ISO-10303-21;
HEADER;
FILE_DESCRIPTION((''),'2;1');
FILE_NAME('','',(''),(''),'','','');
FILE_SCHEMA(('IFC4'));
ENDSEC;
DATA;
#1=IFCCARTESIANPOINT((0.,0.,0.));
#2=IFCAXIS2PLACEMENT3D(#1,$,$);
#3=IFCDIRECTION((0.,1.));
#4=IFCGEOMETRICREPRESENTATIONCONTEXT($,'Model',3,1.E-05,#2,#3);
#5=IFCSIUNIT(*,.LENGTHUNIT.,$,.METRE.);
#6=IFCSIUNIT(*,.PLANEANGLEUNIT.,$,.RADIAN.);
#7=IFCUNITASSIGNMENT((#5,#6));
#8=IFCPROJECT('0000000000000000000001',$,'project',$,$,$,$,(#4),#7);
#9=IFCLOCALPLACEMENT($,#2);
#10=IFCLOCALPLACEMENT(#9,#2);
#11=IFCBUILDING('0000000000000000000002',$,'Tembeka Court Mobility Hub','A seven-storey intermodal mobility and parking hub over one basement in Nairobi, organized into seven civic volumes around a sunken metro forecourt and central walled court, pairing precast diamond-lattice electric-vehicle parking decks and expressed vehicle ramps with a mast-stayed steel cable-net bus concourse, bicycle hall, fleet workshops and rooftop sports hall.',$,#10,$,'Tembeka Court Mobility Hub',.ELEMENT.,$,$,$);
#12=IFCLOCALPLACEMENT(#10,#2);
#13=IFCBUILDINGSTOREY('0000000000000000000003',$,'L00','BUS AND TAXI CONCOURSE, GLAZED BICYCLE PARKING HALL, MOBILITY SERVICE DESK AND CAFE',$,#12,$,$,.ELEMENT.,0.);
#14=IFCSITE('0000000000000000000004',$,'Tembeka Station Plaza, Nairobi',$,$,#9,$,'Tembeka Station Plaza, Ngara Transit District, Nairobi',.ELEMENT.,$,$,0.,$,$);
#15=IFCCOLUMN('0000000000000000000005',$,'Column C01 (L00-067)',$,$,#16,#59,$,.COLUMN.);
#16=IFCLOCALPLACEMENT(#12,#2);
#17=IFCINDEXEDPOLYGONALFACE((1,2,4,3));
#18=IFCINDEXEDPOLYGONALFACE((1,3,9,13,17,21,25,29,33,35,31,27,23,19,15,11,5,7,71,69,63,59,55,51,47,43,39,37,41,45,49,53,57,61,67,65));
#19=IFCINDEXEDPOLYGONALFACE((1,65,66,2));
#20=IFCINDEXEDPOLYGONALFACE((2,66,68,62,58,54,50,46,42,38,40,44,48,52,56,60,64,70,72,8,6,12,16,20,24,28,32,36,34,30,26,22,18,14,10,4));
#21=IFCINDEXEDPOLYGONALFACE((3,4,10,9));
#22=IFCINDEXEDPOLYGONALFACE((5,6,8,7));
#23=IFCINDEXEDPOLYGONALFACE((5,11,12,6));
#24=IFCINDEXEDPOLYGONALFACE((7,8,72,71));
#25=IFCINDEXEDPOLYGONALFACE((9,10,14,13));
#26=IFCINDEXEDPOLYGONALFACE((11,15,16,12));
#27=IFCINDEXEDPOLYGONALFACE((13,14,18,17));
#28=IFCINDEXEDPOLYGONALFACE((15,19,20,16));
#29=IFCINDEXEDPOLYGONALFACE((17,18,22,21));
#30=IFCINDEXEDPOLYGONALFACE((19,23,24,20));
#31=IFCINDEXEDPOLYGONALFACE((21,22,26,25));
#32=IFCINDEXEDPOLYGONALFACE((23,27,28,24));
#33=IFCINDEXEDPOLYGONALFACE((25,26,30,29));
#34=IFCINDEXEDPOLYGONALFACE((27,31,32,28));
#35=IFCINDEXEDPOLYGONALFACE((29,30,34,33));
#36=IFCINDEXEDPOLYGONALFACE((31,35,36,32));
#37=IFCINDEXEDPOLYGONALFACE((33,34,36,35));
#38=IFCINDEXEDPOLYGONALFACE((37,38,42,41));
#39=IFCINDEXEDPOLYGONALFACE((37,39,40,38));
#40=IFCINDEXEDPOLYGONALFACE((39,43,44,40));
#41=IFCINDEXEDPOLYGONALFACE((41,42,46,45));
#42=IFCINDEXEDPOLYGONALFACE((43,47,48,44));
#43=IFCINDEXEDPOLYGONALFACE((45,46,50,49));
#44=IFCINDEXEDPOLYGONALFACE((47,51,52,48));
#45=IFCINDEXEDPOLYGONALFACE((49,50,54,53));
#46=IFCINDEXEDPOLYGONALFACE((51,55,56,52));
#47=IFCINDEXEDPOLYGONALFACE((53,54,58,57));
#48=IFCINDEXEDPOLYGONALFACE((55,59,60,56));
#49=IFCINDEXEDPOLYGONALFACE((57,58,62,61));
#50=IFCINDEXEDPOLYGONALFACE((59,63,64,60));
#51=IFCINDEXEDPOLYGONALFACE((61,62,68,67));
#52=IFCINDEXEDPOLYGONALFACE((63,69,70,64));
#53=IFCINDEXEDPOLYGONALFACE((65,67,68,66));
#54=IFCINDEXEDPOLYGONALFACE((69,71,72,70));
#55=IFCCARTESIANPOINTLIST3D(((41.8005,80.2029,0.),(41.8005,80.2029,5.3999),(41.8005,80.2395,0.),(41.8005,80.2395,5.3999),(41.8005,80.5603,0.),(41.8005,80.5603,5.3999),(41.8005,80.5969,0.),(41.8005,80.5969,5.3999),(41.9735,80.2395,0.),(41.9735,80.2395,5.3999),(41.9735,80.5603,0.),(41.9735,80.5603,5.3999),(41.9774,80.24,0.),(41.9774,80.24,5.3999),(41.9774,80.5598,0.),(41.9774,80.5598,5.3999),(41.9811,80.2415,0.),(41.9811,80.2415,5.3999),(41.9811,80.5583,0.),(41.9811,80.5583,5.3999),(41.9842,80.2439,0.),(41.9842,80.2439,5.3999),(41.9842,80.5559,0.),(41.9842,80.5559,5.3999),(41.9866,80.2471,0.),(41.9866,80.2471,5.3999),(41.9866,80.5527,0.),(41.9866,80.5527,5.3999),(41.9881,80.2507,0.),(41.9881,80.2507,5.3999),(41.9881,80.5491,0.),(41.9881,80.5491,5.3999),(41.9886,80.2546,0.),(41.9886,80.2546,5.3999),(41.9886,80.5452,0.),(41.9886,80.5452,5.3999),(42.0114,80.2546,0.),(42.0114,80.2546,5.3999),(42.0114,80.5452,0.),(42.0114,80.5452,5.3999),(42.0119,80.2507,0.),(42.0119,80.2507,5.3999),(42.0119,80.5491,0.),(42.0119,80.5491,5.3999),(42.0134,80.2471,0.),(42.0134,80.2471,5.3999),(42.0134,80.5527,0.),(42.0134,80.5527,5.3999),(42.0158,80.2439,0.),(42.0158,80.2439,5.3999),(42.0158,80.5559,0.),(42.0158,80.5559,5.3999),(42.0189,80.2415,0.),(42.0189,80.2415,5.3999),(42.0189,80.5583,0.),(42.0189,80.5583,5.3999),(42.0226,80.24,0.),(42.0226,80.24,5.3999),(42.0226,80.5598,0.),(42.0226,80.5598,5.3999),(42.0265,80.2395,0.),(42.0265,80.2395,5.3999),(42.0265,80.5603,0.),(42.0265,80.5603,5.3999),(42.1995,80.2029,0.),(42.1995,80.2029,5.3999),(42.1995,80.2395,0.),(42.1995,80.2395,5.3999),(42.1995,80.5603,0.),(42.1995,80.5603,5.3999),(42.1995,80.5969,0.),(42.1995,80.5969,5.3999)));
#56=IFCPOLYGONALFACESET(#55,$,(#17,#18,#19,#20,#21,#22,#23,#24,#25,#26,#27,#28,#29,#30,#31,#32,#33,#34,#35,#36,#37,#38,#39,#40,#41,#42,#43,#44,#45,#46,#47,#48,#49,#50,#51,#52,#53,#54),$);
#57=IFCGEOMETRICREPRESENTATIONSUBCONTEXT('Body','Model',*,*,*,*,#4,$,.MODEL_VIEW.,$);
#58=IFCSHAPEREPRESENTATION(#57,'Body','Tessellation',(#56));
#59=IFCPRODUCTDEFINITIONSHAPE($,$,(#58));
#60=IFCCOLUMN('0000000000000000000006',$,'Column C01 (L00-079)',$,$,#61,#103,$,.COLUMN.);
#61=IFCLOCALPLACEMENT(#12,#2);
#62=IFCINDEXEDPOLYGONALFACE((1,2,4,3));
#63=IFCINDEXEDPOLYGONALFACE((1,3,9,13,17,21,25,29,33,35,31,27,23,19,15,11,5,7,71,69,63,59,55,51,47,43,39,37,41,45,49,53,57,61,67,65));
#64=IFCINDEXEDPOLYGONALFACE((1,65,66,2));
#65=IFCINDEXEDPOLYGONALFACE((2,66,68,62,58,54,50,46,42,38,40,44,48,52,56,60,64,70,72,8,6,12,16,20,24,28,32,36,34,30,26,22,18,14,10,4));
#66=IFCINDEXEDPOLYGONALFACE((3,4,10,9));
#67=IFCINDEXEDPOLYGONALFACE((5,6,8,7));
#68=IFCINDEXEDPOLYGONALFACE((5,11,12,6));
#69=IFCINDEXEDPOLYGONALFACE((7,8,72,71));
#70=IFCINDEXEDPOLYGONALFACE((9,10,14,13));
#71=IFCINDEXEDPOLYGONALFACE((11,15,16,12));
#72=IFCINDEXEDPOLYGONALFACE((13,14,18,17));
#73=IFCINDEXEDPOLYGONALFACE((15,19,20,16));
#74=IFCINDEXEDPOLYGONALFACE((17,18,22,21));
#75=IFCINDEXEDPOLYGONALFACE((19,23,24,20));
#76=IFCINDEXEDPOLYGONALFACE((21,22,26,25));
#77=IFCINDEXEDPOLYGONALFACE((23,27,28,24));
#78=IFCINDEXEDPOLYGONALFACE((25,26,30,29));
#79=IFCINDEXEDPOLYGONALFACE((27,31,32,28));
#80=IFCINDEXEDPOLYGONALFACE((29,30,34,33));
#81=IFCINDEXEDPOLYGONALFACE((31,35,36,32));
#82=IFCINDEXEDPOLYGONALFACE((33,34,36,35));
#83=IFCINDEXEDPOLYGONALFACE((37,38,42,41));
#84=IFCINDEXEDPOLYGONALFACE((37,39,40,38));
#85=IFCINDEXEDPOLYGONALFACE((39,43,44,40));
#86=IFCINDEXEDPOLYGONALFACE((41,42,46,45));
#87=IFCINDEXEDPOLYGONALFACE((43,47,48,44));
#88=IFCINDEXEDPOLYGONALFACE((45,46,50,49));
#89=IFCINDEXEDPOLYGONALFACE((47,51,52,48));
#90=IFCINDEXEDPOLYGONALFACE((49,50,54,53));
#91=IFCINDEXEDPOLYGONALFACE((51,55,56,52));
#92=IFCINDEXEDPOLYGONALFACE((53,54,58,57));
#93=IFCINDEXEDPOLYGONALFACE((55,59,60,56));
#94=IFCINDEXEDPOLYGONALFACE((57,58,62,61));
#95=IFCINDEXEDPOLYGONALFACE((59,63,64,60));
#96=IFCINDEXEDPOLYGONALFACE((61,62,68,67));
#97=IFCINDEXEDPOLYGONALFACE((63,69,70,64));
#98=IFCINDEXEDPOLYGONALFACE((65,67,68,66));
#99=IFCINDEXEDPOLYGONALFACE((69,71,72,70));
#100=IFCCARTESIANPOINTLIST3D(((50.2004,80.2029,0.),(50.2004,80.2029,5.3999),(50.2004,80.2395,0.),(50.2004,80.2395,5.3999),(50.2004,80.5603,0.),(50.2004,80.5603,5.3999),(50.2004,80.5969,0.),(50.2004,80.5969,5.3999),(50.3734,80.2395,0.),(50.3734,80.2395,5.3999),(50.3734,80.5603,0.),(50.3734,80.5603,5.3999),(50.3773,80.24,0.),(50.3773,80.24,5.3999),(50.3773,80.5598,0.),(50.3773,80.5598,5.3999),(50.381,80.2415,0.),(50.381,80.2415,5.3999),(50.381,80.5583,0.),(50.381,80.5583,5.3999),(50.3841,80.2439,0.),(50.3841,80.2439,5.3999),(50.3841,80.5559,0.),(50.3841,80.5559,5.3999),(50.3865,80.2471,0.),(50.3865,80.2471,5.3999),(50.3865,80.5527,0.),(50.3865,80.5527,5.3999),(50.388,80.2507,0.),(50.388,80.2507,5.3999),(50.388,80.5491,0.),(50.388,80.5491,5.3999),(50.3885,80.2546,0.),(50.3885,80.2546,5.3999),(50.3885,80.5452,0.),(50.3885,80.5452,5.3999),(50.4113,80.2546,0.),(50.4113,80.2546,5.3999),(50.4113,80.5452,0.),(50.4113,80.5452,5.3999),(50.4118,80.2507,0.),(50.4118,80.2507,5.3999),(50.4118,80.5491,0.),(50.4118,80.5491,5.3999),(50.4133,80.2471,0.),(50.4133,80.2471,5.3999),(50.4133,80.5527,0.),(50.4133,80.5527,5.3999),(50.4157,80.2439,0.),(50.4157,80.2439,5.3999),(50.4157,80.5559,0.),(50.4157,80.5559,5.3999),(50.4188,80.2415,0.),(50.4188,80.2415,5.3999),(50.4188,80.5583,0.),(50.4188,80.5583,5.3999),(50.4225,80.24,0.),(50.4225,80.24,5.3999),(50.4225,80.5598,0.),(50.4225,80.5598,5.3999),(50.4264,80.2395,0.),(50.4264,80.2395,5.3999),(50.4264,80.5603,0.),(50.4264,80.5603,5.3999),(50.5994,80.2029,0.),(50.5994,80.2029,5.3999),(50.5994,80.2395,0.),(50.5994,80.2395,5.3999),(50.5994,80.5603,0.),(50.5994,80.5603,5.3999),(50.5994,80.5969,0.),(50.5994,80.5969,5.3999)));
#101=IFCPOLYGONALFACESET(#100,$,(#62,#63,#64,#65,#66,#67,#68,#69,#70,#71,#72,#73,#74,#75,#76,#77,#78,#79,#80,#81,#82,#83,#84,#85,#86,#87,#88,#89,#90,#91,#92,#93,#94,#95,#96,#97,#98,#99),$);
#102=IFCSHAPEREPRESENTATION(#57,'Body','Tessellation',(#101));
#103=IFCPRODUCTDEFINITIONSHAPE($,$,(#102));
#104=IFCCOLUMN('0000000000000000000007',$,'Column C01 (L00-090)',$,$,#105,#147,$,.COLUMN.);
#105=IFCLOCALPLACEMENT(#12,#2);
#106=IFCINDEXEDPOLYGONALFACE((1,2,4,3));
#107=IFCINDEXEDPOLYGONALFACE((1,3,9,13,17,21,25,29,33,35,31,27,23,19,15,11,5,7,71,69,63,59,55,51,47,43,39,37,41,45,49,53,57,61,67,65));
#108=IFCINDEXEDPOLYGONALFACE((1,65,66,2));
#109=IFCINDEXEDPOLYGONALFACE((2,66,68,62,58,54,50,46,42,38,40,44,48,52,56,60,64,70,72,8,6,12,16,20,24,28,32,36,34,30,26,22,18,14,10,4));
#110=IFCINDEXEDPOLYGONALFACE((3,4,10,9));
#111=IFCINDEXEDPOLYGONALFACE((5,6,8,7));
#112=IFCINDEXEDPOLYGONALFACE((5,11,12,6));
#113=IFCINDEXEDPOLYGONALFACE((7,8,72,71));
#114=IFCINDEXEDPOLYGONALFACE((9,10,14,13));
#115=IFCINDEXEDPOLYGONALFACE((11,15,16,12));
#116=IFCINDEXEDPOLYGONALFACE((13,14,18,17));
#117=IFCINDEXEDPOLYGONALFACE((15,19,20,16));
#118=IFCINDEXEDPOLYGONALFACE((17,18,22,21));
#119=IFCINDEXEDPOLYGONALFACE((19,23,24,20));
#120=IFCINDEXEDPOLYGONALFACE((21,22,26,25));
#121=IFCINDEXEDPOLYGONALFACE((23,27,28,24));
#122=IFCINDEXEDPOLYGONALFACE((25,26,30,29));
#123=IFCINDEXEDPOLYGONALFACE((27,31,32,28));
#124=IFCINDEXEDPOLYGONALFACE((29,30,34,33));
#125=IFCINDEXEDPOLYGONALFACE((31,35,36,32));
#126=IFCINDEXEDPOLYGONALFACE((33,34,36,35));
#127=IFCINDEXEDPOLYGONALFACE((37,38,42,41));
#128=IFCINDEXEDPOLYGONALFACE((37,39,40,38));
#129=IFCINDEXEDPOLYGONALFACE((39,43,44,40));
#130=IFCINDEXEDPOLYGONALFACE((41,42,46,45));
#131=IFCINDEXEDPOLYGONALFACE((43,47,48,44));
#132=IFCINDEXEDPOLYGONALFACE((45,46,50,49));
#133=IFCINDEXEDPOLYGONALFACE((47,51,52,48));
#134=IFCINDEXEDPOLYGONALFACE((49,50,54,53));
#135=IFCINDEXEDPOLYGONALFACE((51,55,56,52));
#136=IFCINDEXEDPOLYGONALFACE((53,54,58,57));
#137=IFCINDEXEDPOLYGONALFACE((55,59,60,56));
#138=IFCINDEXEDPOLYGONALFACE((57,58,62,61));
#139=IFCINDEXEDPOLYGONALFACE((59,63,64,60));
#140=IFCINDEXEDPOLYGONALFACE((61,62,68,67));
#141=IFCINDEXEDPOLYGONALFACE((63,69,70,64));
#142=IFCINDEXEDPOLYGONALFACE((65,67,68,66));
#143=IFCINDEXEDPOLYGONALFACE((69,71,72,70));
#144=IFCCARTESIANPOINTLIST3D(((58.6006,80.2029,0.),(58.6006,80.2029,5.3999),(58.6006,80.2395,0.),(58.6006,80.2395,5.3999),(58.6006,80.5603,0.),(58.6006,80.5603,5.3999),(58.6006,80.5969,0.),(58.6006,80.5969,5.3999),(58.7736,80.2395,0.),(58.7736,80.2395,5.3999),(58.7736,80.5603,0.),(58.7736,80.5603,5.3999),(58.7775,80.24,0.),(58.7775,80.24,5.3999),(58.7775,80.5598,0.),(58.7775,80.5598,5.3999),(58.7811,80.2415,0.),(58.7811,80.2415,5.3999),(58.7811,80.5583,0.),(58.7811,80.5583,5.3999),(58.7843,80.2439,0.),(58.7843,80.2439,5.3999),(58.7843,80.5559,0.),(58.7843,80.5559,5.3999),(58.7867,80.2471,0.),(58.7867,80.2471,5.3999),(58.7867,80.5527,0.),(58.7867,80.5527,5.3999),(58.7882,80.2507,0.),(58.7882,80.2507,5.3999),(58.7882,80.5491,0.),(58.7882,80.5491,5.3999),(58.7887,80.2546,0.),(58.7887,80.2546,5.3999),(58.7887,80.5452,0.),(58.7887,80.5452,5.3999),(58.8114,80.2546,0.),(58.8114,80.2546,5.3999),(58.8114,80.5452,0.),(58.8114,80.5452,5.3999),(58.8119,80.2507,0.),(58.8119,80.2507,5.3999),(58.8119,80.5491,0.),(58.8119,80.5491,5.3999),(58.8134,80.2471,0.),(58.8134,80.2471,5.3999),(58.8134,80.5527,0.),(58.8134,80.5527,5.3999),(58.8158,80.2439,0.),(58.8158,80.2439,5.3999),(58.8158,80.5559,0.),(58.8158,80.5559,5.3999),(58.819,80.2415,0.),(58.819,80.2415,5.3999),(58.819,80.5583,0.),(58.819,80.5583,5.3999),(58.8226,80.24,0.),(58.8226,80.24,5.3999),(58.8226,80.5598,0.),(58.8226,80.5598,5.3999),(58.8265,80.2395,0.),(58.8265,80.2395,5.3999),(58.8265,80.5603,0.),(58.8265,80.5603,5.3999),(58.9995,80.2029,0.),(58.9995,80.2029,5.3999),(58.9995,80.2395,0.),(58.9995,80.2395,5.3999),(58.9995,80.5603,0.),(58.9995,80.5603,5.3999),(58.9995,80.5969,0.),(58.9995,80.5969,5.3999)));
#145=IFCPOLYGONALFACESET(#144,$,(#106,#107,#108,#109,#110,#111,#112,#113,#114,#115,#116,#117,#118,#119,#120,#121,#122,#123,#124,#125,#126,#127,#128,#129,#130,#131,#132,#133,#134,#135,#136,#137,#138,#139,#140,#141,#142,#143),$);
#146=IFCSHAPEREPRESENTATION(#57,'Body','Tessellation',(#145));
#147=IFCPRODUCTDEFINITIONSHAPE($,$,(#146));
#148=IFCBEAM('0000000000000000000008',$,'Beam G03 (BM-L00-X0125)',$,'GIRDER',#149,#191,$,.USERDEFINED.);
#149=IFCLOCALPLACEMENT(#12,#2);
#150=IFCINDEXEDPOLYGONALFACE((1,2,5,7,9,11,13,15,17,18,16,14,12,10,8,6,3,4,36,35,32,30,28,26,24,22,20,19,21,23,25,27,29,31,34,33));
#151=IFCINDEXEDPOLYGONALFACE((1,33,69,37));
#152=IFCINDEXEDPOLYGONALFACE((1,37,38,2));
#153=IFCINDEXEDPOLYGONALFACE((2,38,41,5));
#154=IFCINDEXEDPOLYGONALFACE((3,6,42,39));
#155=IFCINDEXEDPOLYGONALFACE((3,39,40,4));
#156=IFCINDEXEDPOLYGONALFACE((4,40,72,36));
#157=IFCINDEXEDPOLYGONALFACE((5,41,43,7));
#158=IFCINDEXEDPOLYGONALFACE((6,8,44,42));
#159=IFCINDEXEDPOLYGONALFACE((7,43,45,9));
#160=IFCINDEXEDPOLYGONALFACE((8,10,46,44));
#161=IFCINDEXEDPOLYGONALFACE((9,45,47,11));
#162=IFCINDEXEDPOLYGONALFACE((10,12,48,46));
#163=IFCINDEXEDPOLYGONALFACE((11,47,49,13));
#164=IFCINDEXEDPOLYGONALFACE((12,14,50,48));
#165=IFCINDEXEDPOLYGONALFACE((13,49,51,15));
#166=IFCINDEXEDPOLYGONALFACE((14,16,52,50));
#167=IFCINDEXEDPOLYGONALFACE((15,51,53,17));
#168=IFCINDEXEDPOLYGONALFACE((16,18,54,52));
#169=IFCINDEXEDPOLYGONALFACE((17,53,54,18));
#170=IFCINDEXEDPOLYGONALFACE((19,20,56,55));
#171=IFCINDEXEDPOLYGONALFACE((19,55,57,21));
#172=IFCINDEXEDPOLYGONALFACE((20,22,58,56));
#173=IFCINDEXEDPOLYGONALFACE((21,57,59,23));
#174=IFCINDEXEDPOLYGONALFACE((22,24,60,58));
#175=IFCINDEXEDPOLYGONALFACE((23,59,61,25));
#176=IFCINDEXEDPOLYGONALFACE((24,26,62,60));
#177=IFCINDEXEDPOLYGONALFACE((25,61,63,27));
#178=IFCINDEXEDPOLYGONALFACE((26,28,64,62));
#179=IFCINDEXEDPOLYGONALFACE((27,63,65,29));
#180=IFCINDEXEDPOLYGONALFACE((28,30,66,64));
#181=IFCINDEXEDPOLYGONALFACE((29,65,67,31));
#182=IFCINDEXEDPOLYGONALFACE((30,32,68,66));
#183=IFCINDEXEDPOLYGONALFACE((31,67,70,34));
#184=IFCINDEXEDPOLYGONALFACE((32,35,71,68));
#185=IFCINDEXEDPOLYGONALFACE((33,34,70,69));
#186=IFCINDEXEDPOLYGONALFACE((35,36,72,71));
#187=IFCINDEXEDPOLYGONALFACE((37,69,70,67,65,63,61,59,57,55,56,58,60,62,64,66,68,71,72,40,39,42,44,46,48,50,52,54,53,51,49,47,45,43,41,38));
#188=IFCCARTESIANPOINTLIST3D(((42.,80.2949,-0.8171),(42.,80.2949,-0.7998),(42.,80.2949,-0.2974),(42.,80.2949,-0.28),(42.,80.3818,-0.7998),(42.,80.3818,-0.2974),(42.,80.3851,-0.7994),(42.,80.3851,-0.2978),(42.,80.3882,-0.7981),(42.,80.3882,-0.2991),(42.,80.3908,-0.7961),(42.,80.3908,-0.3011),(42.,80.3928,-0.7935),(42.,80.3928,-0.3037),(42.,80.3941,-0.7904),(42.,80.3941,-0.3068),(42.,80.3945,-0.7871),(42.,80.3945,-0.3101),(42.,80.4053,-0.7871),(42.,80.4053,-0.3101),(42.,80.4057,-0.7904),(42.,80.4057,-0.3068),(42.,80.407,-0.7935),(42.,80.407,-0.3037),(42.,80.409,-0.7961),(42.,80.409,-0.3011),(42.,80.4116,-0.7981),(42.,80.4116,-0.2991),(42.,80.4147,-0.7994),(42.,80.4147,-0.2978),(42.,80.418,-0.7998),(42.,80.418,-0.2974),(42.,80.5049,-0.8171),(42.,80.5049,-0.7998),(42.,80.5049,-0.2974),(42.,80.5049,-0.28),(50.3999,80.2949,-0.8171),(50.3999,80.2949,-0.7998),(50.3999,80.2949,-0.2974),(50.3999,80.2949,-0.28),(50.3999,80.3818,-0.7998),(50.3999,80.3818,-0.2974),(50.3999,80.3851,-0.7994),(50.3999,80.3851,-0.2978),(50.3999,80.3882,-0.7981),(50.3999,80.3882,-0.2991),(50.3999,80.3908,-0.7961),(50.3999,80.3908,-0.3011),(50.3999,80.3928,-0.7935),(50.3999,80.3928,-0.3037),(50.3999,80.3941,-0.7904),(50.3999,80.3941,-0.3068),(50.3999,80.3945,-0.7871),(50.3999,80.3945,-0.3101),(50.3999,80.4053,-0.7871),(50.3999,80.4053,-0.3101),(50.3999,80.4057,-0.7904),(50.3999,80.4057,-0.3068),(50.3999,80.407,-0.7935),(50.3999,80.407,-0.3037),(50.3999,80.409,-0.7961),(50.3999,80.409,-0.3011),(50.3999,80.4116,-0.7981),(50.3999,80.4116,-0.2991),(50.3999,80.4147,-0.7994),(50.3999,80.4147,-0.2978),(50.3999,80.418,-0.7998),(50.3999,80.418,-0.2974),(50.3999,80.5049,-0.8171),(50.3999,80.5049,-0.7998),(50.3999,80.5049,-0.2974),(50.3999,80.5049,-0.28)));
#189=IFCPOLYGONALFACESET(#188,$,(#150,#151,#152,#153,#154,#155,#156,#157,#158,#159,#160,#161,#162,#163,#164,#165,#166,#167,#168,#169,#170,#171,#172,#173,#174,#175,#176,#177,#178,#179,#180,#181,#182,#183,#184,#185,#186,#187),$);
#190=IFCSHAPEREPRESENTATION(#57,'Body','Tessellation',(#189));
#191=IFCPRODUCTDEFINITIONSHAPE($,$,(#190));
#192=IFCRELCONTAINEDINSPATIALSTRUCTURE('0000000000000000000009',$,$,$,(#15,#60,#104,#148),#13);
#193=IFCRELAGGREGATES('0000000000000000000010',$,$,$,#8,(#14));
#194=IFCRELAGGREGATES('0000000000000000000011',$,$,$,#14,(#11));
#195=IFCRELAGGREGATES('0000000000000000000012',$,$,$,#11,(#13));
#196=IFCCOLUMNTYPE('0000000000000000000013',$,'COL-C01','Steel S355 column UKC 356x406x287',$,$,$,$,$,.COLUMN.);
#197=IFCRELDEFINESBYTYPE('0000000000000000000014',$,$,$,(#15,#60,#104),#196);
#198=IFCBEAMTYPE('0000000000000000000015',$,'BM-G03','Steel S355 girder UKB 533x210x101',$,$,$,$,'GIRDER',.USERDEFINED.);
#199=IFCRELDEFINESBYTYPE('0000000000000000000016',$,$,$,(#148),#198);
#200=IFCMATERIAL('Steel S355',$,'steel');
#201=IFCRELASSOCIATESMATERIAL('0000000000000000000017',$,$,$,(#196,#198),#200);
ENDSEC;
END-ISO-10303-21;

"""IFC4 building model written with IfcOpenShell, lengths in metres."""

from ifc_helpers import new_model, si_unit, direction, frame, origin, origin_2d, place, context, subcontext, project, spatial, i_section, extrude, material, material_profile, profile_set, type_object, element, save


model = new_model("IFC4")

# Units and contexts
model_context = context("Model", 3, precision=1e-05, world=origin(), true_north=direction((0.0, 1.0)))
body_context = subcontext(model_context, "Body", "Model", "MODEL_VIEW")
ifc_project = project(units=[si_unit("LENGTHUNIT", "METRE"), si_unit("PLANEANGLEUNIT", "RADIAN")], contexts=[model_context])

# Site, building, storey
site_placement = place(None, origin())
site = spatial("IfcSite", under=ifc_project, at=site_placement, Name="Tembeka Station Plaza, Nairobi", LongName="Tembeka Station Plaza, Ngara Transit District, Nairobi", CompositionType="ELEMENT", RefElevation=0.0)
building_placement = place(site_placement, origin())
building = spatial("IfcBuilding", under=site, at=building_placement, Name="Tembeka Court Mobility Hub", Description="A seven-storey intermodal mobility and parking hub over one basement in Nairobi, organized into seven civic volumes around a sunken metro forecourt and central walled court, pairing precast diamond-lattice electric-vehicle parking decks and expressed vehicle ramps with a mast-stayed steel cable-net bus concourse, bicycle hall, fleet workshops and rooftop sports hall.", LongName="Tembeka Court Mobility Hub", CompositionType="ELEMENT")
storey_placement = place(building_placement, origin())
storey = spatial("IfcBuildingStorey", under=building, at=storey_placement, Name="L00", Description="BUS AND TAXI CONCOURSE, GLAZED BICYCLE PARKING HALL, MOBILITY SERVICE DESK AND CAFE", CompositionType="ELEMENT", Elevation=0.0)

# Columns
ifc_material_1 = material(Name="Steel S355", Category="steel")
ifc_material_profile_1 = material_profile(ifc_material_1, i_section(OverallWidth=0.3989, OverallDepth=0.394, WebThickness=0.0227, FlangeThickness=0.0366, FilletRadius=0.0151, at=origin_2d()), Name="UKC 356x406x287")
ifc_profile_set_1 = profile_set([ifc_material_profile_1], Name="Steel S355")
column_type = type_object("IfcColumnType", Name="COL-C01", Description="Steel S355 column UKC 356x406x287", PredefinedType="COLUMN", material=ifc_profile_set_1)
for number, where, z_axis, x_axis, name in (
    (1, (42.0, 80.3999, 0.0), (0.0, 0.0, 1.0), (1.0, 0.0, 0.0), "Column C01 (L00-067)"),
    (2, (50.3999, 80.3999, 0.0), (0.0, 0.0, 1.0), (1.0, 0.0, 0.0), "Column C01 (L00-079)"),
    (3, (58.8, 80.3999, 0.0), (0.0, 0.0, 1.0), (1.0, 0.0, 0.0), "Column C01 (L00-090)"),
):
    element("IfcColumn", number, at=place(storey_placement, frame(where, z_axis=z_axis, x_axis=x_axis)), inside=storey, type_object=column_type, Name=name, PredefinedType="COLUMN", context=body_context, shape_type="SweptSolid", body=[
        extrude(i_section(OverallWidth=0.3989, OverallDepth=0.394, WebThickness=0.0227, FlangeThickness=0.0366, FilletRadius=0.0151, at=origin_2d()), origin(), (0.0, 0.0, 1.0), 5.3999),
    ])

# Beam
ifc_material_profile_2 = material_profile(ifc_material_1, i_section(OverallWidth=0.21, OverallDepth=0.5371, WebThickness=0.0107, FlangeThickness=0.0173, FilletRadius=0.0127, at=origin_2d()), Name="UKB 533x210x101")
ifc_profile_set_2 = profile_set([ifc_material_profile_2], Name="Steel S355")
beam_type_1 = type_object("IfcBeamType", Name="BM-G03", Description="Steel S355 girder UKB 533x210x101", ElementType="GIRDER", PredefinedType="USERDEFINED", material=ifc_profile_set_2)
beam_1_placement = place(storey_placement, frame((42.0, 80.3999, -0.5486), z_axis=(1.0, 0.0, 0.0), x_axis=(0.0, 1.0, 0.0)))
element("IfcBeam", 4, at=beam_1_placement, inside=storey, type_object=beam_type_1, Name="Beam G03 (BM-L00-X0125)", ObjectType="GIRDER", PredefinedType="USERDEFINED", context=body_context, shape_type="SweptSolid", body=[
    extrude(i_section(OverallWidth=0.21, OverallDepth=0.5371, WebThickness=0.0107, FlangeThickness=0.0173, FilletRadius=0.0127, at=origin_2d()), origin(), (0.0, 0.0, 1.0), 8.3999),
])

save(model, "model.ifc")
